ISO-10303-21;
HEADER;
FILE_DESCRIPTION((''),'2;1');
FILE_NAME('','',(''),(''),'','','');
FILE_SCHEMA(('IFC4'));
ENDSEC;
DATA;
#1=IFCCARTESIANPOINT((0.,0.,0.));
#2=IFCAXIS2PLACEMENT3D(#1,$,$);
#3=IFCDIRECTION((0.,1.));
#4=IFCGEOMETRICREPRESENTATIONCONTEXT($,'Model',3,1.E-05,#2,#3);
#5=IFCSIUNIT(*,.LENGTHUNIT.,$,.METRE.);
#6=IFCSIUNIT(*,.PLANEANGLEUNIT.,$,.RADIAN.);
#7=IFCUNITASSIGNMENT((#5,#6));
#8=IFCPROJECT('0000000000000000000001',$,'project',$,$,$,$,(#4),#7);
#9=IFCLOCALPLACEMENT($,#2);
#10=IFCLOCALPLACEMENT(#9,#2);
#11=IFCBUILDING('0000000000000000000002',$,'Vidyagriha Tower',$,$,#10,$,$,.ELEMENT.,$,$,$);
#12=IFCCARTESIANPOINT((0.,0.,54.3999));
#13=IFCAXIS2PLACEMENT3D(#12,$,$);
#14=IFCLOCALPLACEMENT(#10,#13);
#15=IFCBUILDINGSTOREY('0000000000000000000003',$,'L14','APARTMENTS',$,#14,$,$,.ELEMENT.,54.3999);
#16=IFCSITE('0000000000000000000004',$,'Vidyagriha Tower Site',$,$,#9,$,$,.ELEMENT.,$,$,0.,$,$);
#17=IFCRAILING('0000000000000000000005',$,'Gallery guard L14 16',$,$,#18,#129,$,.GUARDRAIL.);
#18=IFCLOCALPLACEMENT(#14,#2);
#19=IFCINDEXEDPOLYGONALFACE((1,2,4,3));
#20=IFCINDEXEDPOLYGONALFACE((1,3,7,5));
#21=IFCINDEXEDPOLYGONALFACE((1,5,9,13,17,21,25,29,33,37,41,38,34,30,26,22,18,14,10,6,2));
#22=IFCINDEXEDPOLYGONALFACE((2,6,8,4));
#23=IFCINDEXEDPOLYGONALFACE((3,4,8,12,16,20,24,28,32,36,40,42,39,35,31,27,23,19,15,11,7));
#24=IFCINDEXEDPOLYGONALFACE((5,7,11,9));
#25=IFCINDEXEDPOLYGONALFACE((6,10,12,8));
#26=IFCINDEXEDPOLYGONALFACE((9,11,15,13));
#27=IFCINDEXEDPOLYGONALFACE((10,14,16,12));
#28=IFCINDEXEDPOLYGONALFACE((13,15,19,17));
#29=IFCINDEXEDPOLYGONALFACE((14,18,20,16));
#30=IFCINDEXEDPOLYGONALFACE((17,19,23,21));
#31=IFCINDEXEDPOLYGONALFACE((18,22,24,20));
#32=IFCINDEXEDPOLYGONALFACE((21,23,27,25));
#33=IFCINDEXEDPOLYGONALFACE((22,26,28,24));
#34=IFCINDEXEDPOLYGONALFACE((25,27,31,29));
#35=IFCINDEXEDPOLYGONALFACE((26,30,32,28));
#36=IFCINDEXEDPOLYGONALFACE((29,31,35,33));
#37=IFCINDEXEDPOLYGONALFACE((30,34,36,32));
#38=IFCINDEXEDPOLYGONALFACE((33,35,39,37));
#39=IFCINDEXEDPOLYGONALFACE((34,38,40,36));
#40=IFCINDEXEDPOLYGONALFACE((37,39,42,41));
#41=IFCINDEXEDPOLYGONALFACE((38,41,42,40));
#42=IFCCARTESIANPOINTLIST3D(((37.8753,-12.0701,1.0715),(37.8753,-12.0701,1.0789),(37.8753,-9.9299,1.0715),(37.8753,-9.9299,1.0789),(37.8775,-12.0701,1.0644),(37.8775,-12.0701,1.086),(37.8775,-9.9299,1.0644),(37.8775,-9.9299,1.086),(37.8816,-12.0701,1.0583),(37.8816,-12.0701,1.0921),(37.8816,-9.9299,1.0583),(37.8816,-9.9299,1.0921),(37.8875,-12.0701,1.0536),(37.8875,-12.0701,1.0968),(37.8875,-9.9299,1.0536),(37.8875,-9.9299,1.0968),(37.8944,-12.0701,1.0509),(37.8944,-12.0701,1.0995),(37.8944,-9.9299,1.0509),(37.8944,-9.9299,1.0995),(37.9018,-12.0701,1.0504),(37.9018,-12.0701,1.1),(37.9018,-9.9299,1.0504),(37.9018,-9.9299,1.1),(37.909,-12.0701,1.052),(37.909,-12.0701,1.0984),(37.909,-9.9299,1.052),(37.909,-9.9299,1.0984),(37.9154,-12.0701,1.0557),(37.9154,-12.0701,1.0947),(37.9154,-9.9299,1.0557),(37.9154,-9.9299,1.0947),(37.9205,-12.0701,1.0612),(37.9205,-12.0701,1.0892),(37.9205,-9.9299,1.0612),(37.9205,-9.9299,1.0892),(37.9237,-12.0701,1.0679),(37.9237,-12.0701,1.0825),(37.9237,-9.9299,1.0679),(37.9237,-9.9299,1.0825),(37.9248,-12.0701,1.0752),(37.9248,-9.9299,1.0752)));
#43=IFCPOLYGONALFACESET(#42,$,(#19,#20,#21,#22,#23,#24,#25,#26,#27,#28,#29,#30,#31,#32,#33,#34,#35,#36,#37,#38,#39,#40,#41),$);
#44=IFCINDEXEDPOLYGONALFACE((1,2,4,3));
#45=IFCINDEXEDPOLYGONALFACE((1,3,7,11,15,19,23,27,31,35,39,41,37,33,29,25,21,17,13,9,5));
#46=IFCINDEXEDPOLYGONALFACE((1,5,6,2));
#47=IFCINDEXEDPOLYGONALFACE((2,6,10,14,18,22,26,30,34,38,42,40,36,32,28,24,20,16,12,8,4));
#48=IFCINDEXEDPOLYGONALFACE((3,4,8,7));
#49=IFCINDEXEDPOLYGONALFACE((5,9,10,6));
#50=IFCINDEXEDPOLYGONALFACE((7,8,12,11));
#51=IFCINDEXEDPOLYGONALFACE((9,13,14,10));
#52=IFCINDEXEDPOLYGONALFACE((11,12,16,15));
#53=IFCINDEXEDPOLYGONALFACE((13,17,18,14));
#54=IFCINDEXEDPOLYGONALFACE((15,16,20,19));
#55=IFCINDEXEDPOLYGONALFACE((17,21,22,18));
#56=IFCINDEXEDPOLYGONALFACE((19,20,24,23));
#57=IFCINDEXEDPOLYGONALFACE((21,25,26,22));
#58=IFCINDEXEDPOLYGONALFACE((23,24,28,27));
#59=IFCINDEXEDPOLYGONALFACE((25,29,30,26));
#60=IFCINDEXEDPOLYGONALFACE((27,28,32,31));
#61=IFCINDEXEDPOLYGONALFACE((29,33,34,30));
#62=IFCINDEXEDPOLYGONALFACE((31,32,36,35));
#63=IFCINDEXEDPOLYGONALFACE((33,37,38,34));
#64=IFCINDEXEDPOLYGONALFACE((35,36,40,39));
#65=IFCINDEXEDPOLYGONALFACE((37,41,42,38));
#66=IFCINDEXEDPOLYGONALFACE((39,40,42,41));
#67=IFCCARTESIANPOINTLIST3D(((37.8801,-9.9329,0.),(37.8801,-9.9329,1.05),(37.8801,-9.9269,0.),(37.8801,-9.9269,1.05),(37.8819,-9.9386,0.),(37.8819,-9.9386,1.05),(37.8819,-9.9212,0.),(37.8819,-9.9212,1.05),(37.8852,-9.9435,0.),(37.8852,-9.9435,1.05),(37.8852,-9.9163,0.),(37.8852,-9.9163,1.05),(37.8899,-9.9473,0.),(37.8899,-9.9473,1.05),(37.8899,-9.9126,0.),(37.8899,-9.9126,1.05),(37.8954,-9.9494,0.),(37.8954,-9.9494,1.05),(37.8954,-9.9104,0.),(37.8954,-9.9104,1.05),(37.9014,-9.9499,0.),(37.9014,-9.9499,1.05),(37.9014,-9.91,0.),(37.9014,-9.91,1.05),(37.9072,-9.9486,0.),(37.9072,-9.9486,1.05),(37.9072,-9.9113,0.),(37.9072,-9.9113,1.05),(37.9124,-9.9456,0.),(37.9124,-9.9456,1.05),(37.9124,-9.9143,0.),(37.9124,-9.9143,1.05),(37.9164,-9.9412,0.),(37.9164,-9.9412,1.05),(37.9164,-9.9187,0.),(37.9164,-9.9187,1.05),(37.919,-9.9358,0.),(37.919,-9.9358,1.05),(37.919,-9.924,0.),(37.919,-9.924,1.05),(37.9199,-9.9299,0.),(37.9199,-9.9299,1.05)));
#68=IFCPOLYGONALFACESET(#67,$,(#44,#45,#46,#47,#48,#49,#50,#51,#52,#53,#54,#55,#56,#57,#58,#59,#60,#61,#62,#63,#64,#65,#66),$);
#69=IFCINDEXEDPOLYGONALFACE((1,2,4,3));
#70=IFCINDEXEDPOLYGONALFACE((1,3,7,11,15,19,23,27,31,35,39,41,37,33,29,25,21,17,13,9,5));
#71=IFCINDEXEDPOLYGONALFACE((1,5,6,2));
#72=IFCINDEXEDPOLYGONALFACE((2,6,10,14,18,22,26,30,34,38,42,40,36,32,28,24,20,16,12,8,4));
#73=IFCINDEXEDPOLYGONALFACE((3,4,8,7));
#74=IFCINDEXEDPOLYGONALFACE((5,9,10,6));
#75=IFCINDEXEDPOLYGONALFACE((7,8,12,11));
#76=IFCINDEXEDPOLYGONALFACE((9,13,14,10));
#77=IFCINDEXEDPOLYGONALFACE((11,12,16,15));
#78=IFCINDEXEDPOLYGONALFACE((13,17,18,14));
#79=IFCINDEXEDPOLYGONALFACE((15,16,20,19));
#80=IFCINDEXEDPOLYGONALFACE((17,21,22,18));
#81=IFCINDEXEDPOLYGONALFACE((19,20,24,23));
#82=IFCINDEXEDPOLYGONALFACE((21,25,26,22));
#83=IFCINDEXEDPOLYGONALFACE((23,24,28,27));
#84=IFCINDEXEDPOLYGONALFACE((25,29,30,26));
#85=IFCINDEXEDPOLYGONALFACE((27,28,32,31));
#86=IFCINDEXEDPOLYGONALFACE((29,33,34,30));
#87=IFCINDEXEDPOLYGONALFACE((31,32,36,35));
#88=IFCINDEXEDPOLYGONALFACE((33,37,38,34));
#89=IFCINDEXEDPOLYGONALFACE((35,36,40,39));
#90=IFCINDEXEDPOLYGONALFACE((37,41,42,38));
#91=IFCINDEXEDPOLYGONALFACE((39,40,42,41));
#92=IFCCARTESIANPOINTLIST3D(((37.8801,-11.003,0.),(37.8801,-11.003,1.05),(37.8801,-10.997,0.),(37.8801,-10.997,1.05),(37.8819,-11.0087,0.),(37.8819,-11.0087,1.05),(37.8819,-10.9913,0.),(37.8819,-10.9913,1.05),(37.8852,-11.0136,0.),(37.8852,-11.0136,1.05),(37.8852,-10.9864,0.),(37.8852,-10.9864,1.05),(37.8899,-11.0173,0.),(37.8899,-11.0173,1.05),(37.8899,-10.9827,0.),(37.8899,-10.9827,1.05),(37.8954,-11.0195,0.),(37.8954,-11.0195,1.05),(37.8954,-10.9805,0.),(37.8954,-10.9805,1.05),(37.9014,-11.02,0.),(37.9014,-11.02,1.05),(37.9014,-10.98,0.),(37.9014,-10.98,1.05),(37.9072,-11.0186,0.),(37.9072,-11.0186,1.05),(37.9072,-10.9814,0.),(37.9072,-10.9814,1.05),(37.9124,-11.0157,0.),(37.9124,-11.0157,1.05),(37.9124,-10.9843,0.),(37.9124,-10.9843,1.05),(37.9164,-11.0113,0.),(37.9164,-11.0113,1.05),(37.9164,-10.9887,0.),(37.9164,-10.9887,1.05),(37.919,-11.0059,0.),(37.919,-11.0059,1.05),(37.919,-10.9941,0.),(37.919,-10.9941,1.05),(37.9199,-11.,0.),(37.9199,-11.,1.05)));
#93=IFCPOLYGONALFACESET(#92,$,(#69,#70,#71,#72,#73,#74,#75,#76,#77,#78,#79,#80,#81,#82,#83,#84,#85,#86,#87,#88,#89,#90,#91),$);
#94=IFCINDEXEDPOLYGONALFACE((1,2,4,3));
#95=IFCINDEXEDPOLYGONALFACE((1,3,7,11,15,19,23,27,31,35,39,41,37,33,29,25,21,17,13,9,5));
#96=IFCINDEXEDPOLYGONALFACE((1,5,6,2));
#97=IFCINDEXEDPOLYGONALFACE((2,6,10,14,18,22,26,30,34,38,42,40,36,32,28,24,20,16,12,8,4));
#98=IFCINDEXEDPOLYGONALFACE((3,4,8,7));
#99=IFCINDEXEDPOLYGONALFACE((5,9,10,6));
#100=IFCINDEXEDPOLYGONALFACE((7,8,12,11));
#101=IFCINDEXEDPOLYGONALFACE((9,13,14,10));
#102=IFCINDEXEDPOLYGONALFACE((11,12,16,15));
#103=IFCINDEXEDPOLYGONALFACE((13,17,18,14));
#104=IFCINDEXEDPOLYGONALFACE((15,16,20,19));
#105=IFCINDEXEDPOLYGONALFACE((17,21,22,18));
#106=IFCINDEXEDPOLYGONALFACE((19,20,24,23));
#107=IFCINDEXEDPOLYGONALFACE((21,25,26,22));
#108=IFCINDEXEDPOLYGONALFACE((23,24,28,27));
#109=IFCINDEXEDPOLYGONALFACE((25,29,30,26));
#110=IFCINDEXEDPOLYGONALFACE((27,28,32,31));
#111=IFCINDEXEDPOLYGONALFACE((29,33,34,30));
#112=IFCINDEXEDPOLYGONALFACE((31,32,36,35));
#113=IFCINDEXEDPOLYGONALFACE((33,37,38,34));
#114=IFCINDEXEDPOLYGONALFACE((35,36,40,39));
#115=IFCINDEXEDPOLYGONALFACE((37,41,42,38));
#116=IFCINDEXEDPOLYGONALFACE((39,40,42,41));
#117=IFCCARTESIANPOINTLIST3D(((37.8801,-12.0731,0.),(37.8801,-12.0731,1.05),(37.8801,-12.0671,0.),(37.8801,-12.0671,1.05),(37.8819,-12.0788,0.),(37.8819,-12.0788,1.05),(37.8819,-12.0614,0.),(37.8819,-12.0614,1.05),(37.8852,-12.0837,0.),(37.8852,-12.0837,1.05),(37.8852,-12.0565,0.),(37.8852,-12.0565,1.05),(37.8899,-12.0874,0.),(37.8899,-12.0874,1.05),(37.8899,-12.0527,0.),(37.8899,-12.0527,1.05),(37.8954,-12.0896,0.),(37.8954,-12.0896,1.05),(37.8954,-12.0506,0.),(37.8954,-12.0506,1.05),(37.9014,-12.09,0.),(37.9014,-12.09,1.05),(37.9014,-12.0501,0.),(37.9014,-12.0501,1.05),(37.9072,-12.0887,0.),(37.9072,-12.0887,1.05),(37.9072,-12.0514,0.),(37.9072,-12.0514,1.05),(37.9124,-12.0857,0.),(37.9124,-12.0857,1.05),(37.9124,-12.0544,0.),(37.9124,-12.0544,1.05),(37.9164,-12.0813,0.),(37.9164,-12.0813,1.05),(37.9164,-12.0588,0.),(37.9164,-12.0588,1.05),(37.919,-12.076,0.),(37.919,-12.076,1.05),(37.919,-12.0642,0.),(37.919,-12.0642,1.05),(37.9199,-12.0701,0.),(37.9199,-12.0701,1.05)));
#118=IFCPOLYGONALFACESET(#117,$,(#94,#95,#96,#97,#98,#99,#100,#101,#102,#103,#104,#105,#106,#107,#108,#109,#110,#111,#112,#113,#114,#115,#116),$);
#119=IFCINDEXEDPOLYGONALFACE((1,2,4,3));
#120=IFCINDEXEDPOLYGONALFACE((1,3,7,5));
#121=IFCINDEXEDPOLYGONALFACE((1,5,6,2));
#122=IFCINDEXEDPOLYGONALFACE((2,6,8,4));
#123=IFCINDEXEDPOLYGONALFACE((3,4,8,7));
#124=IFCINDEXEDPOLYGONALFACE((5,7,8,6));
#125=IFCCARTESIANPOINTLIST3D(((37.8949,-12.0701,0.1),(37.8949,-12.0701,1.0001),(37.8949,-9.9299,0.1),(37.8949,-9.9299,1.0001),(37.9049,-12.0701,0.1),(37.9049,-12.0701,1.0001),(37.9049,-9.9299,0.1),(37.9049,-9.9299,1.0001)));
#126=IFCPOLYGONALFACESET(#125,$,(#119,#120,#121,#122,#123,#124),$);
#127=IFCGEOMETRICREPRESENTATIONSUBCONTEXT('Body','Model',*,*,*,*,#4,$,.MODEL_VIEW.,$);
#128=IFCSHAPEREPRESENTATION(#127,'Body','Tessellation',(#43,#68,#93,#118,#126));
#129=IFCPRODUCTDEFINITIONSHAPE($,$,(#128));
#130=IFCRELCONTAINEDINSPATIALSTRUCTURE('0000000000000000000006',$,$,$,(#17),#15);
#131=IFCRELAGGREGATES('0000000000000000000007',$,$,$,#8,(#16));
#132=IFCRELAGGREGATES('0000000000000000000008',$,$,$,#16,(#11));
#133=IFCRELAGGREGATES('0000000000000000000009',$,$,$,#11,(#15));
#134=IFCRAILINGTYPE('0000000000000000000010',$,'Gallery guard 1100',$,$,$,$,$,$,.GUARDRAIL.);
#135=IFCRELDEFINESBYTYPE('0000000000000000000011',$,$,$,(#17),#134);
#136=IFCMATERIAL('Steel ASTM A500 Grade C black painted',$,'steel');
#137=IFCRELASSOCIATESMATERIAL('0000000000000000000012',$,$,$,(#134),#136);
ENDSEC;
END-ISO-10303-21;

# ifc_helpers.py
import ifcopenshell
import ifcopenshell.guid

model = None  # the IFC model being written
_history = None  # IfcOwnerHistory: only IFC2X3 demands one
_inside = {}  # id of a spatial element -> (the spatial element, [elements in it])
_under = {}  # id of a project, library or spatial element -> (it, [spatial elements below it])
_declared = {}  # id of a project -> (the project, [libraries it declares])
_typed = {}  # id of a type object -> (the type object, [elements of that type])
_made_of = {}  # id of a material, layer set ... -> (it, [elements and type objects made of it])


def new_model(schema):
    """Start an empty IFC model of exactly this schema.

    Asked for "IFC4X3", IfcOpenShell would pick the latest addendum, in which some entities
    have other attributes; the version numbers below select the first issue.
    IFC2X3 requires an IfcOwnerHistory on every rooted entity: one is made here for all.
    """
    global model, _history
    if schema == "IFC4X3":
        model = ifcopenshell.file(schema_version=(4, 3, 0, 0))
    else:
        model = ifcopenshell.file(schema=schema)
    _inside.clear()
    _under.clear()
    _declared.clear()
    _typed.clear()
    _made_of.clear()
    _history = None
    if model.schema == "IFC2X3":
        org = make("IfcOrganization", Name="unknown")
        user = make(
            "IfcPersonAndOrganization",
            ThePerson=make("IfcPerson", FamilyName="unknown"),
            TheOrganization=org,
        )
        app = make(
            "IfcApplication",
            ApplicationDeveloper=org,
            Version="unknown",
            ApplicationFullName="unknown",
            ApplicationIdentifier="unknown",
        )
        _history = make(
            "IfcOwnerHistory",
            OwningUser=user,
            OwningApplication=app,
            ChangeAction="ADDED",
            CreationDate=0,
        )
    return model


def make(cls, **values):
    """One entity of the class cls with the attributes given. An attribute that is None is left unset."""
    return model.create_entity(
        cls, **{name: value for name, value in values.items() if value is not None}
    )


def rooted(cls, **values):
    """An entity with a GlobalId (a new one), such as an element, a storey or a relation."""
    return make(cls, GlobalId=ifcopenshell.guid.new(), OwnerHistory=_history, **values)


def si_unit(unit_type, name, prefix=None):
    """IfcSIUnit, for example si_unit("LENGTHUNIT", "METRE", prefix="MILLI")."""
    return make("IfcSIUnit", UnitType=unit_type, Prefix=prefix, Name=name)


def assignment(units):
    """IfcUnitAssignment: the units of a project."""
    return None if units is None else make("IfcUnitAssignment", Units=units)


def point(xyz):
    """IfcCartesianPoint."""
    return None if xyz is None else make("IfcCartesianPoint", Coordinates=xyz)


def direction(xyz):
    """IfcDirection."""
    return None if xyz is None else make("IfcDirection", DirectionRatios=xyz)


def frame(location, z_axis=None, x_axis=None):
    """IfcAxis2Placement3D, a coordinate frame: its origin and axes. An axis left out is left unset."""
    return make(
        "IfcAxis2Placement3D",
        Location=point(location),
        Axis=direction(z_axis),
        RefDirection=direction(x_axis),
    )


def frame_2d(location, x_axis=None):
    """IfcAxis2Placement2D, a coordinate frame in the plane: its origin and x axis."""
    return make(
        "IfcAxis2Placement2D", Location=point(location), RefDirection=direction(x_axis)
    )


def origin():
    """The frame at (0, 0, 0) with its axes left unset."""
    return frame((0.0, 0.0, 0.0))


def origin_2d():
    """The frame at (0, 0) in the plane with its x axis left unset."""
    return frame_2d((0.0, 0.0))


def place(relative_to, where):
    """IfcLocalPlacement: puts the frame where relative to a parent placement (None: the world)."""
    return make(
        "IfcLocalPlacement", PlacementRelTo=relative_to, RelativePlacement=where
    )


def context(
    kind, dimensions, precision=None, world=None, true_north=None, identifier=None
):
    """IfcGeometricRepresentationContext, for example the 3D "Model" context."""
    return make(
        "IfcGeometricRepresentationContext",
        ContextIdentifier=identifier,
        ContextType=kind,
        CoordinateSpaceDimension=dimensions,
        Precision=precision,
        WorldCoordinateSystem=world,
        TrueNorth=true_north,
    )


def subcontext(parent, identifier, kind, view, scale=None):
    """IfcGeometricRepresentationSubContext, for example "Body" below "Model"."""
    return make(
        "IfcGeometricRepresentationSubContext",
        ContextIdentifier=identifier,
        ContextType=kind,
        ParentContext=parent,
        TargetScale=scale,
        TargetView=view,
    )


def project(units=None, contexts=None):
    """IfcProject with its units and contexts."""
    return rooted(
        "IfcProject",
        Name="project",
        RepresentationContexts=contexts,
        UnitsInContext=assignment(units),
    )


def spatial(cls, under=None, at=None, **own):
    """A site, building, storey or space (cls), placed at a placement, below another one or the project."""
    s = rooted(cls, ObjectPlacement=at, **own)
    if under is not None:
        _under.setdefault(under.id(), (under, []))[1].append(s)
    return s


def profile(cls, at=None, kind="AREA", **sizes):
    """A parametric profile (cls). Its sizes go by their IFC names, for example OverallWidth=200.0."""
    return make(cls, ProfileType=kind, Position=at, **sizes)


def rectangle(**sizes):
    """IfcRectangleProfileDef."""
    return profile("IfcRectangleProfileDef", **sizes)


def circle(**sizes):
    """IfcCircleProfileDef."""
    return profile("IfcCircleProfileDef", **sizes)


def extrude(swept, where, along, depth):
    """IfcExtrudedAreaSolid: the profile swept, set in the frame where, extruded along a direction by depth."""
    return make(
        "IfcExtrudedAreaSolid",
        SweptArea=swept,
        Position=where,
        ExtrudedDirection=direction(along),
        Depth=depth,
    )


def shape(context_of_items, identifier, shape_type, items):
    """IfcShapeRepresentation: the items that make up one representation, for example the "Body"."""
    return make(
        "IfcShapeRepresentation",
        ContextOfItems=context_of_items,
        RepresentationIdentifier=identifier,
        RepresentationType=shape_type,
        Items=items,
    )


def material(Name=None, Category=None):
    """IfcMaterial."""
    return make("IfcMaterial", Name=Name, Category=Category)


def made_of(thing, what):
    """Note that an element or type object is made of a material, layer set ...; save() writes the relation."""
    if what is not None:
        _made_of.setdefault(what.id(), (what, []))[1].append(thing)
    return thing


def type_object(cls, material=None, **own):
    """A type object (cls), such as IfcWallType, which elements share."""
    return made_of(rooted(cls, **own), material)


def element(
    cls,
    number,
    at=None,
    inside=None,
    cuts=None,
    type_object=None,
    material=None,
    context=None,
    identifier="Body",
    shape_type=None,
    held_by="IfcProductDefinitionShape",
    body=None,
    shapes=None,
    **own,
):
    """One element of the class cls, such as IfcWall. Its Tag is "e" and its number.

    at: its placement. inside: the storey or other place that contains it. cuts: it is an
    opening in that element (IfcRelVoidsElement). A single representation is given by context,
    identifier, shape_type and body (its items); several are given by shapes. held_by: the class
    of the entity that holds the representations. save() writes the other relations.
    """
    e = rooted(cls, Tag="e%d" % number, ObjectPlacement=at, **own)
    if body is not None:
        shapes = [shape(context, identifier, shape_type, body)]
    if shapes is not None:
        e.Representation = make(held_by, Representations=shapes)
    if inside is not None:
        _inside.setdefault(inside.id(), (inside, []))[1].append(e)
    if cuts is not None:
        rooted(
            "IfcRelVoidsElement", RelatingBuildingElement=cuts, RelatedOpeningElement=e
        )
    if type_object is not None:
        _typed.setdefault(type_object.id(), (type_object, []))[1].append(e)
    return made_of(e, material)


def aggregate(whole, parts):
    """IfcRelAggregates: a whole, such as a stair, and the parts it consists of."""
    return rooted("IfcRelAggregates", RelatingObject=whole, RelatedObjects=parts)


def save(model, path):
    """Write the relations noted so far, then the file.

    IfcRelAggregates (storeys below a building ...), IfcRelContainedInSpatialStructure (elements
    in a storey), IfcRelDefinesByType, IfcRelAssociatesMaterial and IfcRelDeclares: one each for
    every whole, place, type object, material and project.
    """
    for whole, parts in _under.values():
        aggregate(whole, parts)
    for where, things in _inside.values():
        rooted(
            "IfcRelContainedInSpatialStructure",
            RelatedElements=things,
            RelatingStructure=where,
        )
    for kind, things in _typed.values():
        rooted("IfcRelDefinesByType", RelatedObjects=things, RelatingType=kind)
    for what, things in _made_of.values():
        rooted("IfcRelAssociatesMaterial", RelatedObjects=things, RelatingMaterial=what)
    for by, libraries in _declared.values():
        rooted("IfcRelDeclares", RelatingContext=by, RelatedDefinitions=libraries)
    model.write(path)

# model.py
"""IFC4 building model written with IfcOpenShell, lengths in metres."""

from ifc_helpers import new_model, si_unit, direction, frame, origin, origin_2d, place, context, subcontext, project, spatial, rectangle, circle, extrude, material, type_object, element, save


model = new_model("IFC4")

# Units and contexts
model_context = context("Model", 3, precision=1e-05, world=origin(), true_north=direction((0.0, 1.0)))
body_context = subcontext(model_context, "Body", "Model", "MODEL_VIEW")
ifc_project = project(units=[si_unit("LENGTHUNIT", "METRE"), si_unit("PLANEANGLEUNIT", "RADIAN")], contexts=[model_context])

# Site, building, storey
site_placement = place(None, origin())
site = spatial("IfcSite", under=ifc_project, at=site_placement, Name="Vidyagriha Tower Site", CompositionType="ELEMENT", RefElevation=0.0)
building_placement = place(site_placement, origin())
building = spatial("IfcBuilding", under=site, at=building_placement, Name="Vidyagriha Tower", CompositionType="ELEMENT")
storey_placement = place(building_placement, frame((0.0, 0.0, 54.3999)))
storey = spatial("IfcBuildingStorey", under=building, at=storey_placement, Name="L14", Description="APARTMENTS", CompositionType="ELEMENT", Elevation=54.3999)

# Railing
ifc_material_1 = material(Name="Steel ASTM A500 Grade C black painted", Category="steel")
railing_type_1 = type_object("IfcRailingType", Name="Gallery guard 1100", PredefinedType="GUARDRAIL", material=ifc_material_1)
railing_1_placement = place(storey_placement, frame((37.8999, -9.9299, 0.0)))
element("IfcRailing", 1, at=railing_1_placement, inside=storey, type_object=railing_type_1, Name="Gallery guard L14 16", PredefinedType="GUARDRAIL", context=body_context, shape_type="SweptSolid", body=[
    extrude(circle(Radius=0.0249, at=origin_2d()), frame((0.0, 0.0, 1.0752), z_axis=(0.0, -1.0, 0.0), x_axis=(1.0, 0.0, 0.0)), (0.0, 0.0, 1.0), 2.1401),
    extrude(circle(Radius=0.02, at=origin_2d()), origin(), (0.0, 0.0, 1.0), 1.05),
    extrude(circle(Radius=0.02, at=origin_2d()), frame((0.0, -1.0701, 0.0)), (0.0, 0.0, 1.0), 1.05),
    extrude(circle(Radius=0.02, at=origin_2d()), frame((0.0, -2.1401, 0.0)), (0.0, 0.0, 1.0), 1.05),
    extrude(rectangle(XDim=0.01, YDim=0.9001, at=origin_2d()), frame((0.0, 0.0, 0.55), z_axis=(0.0, -1.0, 0.0), x_axis=(1.0, 0.0, 0.0)), (0.0, 0.0, 1.0), 2.1401),
])

save(model, "model.ifc")
